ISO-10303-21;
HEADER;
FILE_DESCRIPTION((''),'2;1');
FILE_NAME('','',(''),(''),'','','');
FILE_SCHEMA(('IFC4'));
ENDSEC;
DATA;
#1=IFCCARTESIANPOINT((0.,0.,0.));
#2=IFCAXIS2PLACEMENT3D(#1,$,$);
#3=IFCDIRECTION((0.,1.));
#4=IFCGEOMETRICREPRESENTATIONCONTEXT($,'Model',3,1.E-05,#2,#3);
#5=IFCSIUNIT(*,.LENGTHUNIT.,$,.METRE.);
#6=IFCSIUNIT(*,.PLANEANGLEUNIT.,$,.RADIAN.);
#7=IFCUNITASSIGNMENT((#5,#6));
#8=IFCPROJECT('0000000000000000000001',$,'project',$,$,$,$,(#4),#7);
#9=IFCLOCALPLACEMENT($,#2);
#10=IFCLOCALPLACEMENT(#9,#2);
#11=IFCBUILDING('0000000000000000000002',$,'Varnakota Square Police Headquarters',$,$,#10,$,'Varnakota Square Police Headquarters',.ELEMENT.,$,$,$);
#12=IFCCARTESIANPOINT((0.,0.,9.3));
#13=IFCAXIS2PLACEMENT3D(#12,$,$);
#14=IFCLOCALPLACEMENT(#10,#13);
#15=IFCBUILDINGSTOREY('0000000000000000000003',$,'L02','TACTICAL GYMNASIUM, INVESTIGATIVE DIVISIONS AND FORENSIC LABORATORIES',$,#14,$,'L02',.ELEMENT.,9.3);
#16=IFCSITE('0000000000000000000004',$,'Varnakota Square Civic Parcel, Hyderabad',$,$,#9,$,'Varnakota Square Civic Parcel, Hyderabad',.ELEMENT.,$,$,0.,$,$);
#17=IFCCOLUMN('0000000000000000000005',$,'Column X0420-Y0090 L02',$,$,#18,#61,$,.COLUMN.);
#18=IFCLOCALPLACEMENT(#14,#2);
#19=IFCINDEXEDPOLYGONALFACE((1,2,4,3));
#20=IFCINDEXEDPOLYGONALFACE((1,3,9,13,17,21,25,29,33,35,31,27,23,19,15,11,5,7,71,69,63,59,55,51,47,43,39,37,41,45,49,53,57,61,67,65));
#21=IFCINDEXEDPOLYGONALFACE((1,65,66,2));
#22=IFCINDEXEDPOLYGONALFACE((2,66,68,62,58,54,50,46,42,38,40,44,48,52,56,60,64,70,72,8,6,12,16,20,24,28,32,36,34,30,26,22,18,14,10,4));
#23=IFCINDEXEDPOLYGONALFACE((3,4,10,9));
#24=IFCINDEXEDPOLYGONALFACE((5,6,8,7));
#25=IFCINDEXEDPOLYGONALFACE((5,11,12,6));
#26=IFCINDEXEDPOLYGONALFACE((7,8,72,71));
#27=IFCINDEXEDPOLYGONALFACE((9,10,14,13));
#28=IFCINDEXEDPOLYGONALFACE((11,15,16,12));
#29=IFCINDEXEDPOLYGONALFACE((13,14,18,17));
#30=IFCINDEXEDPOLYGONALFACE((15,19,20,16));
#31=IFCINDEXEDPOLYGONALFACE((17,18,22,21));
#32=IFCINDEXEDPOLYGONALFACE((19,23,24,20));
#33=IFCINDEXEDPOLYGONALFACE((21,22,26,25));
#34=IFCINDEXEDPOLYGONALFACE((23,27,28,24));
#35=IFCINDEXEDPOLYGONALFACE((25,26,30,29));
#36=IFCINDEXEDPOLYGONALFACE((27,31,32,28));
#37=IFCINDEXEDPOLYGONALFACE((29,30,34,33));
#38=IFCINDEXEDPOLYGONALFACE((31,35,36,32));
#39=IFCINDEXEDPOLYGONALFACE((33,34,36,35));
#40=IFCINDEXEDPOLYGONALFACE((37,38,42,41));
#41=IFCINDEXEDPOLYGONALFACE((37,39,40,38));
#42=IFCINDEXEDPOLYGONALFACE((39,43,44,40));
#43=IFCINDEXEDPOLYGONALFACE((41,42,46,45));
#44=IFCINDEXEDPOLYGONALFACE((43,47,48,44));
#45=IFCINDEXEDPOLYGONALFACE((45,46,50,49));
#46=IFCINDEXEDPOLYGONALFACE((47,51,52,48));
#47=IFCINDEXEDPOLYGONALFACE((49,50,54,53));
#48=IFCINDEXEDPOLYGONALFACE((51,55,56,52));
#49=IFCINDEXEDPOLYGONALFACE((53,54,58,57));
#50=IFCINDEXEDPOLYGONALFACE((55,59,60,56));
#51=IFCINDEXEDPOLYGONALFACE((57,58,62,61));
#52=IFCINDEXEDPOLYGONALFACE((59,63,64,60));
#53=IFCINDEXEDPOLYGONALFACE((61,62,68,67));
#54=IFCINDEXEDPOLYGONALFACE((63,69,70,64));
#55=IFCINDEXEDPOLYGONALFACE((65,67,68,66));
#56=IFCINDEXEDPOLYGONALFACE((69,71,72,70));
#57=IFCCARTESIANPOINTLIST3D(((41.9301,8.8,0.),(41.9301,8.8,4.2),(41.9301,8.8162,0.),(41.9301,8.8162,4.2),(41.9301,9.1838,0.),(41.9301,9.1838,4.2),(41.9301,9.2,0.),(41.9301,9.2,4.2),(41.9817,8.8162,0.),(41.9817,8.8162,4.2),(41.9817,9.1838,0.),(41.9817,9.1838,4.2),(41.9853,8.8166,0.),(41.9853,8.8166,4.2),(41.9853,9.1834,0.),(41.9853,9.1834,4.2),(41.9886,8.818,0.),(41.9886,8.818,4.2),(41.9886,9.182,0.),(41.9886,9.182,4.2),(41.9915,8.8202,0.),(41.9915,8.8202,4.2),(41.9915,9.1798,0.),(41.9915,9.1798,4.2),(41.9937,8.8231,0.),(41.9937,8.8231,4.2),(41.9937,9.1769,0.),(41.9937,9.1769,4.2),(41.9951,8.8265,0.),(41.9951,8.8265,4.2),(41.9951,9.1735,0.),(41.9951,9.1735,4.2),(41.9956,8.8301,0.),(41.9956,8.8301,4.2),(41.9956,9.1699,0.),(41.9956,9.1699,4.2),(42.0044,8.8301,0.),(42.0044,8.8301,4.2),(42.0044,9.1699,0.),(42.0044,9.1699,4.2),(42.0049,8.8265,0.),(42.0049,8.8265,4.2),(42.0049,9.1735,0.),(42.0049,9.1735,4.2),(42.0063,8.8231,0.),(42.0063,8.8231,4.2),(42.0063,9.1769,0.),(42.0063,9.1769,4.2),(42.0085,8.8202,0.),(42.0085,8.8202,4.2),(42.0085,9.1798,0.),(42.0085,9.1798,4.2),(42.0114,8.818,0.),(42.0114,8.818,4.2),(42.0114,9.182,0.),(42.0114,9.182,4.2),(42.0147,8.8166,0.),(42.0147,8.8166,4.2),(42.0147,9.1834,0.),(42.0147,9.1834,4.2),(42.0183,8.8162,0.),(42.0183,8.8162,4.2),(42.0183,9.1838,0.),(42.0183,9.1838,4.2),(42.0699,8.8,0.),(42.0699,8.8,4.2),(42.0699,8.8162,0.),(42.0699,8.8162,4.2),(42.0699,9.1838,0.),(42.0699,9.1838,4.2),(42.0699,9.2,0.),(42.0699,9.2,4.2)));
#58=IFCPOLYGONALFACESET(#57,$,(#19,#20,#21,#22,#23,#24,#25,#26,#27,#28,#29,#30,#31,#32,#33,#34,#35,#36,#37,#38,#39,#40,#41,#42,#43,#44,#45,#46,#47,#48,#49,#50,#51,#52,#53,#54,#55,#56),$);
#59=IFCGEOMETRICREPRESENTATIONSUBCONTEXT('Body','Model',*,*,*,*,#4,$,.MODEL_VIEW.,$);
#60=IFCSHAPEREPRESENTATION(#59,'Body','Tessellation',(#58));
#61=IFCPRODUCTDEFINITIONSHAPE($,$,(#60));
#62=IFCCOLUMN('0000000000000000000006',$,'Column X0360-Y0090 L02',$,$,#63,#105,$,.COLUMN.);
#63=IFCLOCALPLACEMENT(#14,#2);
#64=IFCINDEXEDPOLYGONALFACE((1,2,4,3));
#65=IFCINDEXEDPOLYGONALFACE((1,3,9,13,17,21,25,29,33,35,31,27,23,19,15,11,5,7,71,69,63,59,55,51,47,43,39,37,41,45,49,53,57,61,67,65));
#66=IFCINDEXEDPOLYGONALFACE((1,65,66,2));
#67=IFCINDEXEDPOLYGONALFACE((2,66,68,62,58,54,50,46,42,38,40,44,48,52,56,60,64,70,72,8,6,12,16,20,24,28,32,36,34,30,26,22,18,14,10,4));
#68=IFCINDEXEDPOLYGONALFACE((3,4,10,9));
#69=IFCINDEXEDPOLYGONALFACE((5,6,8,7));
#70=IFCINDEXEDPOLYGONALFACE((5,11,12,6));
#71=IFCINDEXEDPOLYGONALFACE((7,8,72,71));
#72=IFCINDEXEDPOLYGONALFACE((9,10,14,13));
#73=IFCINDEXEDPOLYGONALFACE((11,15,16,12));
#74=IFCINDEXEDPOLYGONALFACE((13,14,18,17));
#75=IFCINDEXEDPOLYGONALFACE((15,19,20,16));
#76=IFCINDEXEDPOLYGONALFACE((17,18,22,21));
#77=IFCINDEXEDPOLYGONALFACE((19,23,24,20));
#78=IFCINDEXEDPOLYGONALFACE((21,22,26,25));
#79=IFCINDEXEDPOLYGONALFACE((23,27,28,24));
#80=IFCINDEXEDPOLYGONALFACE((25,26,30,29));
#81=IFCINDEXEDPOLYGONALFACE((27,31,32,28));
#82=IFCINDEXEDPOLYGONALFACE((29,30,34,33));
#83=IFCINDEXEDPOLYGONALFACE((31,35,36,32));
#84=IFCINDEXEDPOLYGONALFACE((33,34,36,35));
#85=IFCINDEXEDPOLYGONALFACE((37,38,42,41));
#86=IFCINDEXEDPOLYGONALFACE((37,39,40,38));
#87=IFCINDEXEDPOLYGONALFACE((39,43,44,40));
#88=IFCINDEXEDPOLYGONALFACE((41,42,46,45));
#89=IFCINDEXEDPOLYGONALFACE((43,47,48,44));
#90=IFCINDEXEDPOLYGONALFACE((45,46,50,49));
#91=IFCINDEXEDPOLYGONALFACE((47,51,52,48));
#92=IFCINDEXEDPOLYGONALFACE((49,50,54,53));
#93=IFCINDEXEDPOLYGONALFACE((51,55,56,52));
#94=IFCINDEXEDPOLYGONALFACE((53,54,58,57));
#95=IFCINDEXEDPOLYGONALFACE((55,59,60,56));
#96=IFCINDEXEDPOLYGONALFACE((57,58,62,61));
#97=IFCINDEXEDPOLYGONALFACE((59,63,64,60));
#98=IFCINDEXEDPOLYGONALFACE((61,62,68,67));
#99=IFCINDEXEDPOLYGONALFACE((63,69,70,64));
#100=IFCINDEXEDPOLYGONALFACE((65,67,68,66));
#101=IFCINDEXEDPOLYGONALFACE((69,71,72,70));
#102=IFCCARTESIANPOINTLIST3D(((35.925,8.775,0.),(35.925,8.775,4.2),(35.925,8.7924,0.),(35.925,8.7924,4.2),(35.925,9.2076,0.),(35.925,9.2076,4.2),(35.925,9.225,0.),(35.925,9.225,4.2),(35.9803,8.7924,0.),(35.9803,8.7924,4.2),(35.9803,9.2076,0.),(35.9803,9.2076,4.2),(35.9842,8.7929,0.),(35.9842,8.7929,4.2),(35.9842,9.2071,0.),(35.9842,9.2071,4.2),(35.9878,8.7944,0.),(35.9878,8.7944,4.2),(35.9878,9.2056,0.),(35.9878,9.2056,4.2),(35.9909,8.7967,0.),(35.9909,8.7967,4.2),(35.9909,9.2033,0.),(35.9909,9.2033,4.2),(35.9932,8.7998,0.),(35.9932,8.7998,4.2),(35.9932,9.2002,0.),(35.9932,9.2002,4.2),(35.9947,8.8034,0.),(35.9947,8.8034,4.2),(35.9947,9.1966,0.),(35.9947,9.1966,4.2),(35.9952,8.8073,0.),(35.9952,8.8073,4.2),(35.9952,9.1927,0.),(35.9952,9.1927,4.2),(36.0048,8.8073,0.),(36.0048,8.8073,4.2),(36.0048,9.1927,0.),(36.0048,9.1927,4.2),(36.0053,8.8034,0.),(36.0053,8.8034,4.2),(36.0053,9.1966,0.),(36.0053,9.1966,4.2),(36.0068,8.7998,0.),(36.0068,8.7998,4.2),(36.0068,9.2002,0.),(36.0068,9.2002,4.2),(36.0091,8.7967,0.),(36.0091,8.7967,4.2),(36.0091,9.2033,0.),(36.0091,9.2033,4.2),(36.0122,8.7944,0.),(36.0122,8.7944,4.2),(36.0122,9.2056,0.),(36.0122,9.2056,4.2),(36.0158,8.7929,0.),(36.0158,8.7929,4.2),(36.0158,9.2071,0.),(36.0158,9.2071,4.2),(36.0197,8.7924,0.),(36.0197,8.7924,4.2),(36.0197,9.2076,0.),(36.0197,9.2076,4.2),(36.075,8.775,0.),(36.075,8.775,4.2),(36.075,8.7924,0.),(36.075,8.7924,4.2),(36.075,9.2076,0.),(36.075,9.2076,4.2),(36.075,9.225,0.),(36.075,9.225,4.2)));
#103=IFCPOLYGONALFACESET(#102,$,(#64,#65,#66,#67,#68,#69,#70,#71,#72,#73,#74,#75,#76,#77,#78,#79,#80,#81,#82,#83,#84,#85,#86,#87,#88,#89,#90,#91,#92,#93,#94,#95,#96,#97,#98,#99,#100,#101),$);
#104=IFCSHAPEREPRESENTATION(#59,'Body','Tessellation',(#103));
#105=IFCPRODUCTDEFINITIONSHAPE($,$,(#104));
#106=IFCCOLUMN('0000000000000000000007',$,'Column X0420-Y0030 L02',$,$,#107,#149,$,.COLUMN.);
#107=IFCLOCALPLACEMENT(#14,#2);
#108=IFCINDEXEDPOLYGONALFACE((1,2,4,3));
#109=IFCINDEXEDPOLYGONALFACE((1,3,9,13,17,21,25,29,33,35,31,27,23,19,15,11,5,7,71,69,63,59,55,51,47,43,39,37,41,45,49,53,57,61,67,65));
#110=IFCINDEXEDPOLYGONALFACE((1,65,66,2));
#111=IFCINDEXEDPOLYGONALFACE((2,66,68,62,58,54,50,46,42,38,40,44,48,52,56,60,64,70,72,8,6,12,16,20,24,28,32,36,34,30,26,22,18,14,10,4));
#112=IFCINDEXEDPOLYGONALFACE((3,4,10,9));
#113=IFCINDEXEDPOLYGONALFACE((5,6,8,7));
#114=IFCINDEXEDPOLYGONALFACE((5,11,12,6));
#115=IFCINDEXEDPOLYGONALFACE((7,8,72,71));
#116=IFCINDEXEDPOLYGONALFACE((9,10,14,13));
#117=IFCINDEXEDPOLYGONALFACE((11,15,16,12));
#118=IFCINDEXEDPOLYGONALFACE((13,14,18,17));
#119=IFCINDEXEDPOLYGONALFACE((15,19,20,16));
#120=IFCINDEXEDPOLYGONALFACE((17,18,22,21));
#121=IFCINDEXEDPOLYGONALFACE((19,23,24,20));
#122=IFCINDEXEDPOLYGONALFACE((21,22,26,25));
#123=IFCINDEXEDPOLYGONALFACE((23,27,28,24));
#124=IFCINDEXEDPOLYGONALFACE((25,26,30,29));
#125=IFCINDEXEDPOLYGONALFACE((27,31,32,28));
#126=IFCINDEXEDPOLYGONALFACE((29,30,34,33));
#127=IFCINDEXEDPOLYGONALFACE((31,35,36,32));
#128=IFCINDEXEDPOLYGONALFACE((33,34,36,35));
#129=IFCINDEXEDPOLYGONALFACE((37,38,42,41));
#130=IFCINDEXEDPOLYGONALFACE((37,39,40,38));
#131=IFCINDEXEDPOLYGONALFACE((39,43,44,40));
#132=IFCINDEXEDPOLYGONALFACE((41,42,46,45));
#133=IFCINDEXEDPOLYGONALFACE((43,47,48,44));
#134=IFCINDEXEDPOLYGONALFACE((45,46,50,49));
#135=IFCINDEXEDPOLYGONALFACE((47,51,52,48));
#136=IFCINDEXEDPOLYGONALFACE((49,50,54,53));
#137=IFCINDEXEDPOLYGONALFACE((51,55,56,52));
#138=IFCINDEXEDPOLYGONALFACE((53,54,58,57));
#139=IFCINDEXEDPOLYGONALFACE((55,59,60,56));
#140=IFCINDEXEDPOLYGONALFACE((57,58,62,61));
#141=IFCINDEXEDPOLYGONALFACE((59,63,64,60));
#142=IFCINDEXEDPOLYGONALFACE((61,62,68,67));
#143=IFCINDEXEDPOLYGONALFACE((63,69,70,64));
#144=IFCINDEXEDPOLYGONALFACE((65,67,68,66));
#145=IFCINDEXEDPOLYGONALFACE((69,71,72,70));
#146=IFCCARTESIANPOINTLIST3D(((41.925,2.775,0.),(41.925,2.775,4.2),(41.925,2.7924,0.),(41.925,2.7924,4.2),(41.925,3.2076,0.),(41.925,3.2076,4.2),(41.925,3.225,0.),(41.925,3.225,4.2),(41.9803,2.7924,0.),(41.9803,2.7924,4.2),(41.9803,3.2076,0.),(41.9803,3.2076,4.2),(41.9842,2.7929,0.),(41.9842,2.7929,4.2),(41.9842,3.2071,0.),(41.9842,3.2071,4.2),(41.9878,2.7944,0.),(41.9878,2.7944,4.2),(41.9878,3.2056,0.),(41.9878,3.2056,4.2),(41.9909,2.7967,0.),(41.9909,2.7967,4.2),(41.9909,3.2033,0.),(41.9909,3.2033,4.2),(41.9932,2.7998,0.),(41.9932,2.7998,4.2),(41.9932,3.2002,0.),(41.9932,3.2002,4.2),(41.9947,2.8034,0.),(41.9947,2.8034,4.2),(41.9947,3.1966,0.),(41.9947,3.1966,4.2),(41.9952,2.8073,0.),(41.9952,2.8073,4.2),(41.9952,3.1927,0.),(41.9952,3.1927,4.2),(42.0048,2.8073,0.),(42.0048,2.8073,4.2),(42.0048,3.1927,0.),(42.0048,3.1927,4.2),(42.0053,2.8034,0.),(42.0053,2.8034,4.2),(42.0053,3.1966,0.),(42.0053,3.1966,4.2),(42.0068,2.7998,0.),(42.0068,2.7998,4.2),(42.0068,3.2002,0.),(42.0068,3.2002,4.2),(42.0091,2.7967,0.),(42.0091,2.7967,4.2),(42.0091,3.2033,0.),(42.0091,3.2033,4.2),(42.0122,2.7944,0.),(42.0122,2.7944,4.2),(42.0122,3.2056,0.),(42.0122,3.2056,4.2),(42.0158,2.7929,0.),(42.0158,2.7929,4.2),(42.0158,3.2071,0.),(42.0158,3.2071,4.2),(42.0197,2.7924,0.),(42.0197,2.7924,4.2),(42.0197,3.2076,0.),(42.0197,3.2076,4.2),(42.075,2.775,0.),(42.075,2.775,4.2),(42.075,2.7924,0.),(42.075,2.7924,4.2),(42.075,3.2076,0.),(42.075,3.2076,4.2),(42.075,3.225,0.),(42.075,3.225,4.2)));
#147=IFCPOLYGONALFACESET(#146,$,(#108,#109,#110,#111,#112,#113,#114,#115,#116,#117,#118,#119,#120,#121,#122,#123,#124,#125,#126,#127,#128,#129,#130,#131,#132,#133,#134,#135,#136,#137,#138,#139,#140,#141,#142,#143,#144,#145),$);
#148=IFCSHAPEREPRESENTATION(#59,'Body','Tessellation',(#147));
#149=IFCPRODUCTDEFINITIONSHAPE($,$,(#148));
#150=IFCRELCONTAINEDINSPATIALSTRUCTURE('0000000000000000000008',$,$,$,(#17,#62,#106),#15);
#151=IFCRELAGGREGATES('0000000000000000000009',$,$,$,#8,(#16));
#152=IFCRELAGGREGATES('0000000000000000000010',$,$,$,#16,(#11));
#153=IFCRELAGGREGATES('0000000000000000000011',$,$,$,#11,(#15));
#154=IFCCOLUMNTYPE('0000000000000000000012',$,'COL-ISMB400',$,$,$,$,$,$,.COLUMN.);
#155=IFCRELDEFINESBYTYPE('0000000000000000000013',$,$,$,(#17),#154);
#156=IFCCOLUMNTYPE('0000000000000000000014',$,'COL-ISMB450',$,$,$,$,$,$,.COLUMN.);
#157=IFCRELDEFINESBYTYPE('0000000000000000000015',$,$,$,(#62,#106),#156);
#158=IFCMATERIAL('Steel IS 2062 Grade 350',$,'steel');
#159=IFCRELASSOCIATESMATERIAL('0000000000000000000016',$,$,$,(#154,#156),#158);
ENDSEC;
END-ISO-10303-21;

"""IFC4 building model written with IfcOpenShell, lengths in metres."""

from ifc_helpers import new_model, si_unit, direction, frame, origin, origin_2d, place, context, subcontext, project, spatial, i_section, extrude, material, material_profile, profile_set, type_object, element, save


model = new_model("IFC4")

# Units and contexts
model_context = context("Model", 3, precision=1e-05, world=origin(), true_north=direction((0.0, 1.0)))
body_context = subcontext(model_context, "Body", "Model", "MODEL_VIEW")
ifc_project = project(units=[si_unit("LENGTHUNIT", "METRE"), si_unit("PLANEANGLEUNIT", "RADIAN")], contexts=[model_context])

# Site, building, storey
site_placement = place(None, origin())
site = spatial("IfcSite", under=ifc_project, at=site_placement, Name="Varnakota Square Civic Parcel, Hyderabad", LongName="Varnakota Square Civic Parcel, Hyderabad", CompositionType="ELEMENT", RefElevation=0.0)
building_placement = place(site_placement, origin())
building = spatial("IfcBuilding", under=site, at=building_placement, Name="Varnakota Square Police Headquarters", LongName="Varnakota Square Police Headquarters", CompositionType="ELEMENT")
storey_placement = place(building_placement, frame((0.0, 0.0, 9.3)))
storey = spatial("IfcBuildingStorey", under=building, at=storey_placement, Name="L02", Description="TACTICAL GYMNASIUM, INVESTIGATIVE DIVISIONS AND FORENSIC LABORATORIES", LongName="L02", CompositionType="ELEMENT", Elevation=9.3)

# Columns
ifc_material_1 = material(Name="Steel IS 2062 Grade 350", Category="steel")
ifc_material_profile_1 = material_profile(ifc_material_1, i_section(OverallWidth=0.1399, OverallDepth=0.3999, WebThickness=0.0088, FlangeThickness=0.0161, FilletRadius=0.0139, at=origin_2d()), Name="ISMB 400")
ifc_profile_set_1 = profile_set([ifc_material_profile_1], Name="Steel IS 2062 Grade 350")
column_type_1 = type_object("IfcColumnType", Name="COL-ISMB400", PredefinedType="COLUMN", material=ifc_profile_set_1)
column_1_placement = place(storey_placement, frame((42.0, 9.0, 0.0), z_axis=(0.0, 0.0, 1.0), x_axis=(1.0, 0.0, 0.0)))
element("IfcColumn", 1, at=column_1_placement, inside=storey, type_object=column_type_1, Name="Column X0420-Y0090 L02", PredefinedType="COLUMN", context=body_context, shape_type="SweptSolid", body=[
    extrude(i_section(OverallWidth=0.1399, OverallDepth=0.3999, WebThickness=0.0088, FlangeThickness=0.0161, FilletRadius=0.0139, at=origin_2d()), origin(), (0.0, 0.0, 1.0), 4.2),
])
ifc_material_profile_2 = material_profile(ifc_material_1, i_section(OverallWidth=0.1499, OverallDepth=0.45, WebThickness=0.0095, FlangeThickness=0.0173, FilletRadius=0.0149, at=origin_2d()), Name="ISMB 450")
ifc_profile_set_2 = profile_set([ifc_material_profile_2], Name="Steel IS 2062 Grade 350")
column_type_2 = type_object("IfcColumnType", Name="COL-ISMB450", PredefinedType="COLUMN", material=ifc_profile_set_2)
for number, where, z_axis, x_axis, name in (
    (2, (36.0, 9.0, 0.0), (0.0, 0.0, 1.0), (1.0, 0.0, 0.0), "Column X0360-Y0090 L02"),
    (3, (42.0, 3.0, 0.0), (0.0, 0.0, 1.0), (1.0, 0.0, 0.0), "Column X0420-Y0030 L02"),
):
    element("IfcColumn", number, at=place(storey_placement, frame(where, z_axis=z_axis, x_axis=x_axis)), inside=storey, type_object=column_type_2, Name=name, PredefinedType="COLUMN", context=body_context, shape_type="SweptSolid", body=[
        extrude(i_section(OverallWidth=0.1499, OverallDepth=0.45, WebThickness=0.0095, FlangeThickness=0.0173, FilletRadius=0.0149, at=origin_2d()), origin(), (0.0, 0.0, 1.0), 4.2),
    ])

save(model, "model.ifc")
